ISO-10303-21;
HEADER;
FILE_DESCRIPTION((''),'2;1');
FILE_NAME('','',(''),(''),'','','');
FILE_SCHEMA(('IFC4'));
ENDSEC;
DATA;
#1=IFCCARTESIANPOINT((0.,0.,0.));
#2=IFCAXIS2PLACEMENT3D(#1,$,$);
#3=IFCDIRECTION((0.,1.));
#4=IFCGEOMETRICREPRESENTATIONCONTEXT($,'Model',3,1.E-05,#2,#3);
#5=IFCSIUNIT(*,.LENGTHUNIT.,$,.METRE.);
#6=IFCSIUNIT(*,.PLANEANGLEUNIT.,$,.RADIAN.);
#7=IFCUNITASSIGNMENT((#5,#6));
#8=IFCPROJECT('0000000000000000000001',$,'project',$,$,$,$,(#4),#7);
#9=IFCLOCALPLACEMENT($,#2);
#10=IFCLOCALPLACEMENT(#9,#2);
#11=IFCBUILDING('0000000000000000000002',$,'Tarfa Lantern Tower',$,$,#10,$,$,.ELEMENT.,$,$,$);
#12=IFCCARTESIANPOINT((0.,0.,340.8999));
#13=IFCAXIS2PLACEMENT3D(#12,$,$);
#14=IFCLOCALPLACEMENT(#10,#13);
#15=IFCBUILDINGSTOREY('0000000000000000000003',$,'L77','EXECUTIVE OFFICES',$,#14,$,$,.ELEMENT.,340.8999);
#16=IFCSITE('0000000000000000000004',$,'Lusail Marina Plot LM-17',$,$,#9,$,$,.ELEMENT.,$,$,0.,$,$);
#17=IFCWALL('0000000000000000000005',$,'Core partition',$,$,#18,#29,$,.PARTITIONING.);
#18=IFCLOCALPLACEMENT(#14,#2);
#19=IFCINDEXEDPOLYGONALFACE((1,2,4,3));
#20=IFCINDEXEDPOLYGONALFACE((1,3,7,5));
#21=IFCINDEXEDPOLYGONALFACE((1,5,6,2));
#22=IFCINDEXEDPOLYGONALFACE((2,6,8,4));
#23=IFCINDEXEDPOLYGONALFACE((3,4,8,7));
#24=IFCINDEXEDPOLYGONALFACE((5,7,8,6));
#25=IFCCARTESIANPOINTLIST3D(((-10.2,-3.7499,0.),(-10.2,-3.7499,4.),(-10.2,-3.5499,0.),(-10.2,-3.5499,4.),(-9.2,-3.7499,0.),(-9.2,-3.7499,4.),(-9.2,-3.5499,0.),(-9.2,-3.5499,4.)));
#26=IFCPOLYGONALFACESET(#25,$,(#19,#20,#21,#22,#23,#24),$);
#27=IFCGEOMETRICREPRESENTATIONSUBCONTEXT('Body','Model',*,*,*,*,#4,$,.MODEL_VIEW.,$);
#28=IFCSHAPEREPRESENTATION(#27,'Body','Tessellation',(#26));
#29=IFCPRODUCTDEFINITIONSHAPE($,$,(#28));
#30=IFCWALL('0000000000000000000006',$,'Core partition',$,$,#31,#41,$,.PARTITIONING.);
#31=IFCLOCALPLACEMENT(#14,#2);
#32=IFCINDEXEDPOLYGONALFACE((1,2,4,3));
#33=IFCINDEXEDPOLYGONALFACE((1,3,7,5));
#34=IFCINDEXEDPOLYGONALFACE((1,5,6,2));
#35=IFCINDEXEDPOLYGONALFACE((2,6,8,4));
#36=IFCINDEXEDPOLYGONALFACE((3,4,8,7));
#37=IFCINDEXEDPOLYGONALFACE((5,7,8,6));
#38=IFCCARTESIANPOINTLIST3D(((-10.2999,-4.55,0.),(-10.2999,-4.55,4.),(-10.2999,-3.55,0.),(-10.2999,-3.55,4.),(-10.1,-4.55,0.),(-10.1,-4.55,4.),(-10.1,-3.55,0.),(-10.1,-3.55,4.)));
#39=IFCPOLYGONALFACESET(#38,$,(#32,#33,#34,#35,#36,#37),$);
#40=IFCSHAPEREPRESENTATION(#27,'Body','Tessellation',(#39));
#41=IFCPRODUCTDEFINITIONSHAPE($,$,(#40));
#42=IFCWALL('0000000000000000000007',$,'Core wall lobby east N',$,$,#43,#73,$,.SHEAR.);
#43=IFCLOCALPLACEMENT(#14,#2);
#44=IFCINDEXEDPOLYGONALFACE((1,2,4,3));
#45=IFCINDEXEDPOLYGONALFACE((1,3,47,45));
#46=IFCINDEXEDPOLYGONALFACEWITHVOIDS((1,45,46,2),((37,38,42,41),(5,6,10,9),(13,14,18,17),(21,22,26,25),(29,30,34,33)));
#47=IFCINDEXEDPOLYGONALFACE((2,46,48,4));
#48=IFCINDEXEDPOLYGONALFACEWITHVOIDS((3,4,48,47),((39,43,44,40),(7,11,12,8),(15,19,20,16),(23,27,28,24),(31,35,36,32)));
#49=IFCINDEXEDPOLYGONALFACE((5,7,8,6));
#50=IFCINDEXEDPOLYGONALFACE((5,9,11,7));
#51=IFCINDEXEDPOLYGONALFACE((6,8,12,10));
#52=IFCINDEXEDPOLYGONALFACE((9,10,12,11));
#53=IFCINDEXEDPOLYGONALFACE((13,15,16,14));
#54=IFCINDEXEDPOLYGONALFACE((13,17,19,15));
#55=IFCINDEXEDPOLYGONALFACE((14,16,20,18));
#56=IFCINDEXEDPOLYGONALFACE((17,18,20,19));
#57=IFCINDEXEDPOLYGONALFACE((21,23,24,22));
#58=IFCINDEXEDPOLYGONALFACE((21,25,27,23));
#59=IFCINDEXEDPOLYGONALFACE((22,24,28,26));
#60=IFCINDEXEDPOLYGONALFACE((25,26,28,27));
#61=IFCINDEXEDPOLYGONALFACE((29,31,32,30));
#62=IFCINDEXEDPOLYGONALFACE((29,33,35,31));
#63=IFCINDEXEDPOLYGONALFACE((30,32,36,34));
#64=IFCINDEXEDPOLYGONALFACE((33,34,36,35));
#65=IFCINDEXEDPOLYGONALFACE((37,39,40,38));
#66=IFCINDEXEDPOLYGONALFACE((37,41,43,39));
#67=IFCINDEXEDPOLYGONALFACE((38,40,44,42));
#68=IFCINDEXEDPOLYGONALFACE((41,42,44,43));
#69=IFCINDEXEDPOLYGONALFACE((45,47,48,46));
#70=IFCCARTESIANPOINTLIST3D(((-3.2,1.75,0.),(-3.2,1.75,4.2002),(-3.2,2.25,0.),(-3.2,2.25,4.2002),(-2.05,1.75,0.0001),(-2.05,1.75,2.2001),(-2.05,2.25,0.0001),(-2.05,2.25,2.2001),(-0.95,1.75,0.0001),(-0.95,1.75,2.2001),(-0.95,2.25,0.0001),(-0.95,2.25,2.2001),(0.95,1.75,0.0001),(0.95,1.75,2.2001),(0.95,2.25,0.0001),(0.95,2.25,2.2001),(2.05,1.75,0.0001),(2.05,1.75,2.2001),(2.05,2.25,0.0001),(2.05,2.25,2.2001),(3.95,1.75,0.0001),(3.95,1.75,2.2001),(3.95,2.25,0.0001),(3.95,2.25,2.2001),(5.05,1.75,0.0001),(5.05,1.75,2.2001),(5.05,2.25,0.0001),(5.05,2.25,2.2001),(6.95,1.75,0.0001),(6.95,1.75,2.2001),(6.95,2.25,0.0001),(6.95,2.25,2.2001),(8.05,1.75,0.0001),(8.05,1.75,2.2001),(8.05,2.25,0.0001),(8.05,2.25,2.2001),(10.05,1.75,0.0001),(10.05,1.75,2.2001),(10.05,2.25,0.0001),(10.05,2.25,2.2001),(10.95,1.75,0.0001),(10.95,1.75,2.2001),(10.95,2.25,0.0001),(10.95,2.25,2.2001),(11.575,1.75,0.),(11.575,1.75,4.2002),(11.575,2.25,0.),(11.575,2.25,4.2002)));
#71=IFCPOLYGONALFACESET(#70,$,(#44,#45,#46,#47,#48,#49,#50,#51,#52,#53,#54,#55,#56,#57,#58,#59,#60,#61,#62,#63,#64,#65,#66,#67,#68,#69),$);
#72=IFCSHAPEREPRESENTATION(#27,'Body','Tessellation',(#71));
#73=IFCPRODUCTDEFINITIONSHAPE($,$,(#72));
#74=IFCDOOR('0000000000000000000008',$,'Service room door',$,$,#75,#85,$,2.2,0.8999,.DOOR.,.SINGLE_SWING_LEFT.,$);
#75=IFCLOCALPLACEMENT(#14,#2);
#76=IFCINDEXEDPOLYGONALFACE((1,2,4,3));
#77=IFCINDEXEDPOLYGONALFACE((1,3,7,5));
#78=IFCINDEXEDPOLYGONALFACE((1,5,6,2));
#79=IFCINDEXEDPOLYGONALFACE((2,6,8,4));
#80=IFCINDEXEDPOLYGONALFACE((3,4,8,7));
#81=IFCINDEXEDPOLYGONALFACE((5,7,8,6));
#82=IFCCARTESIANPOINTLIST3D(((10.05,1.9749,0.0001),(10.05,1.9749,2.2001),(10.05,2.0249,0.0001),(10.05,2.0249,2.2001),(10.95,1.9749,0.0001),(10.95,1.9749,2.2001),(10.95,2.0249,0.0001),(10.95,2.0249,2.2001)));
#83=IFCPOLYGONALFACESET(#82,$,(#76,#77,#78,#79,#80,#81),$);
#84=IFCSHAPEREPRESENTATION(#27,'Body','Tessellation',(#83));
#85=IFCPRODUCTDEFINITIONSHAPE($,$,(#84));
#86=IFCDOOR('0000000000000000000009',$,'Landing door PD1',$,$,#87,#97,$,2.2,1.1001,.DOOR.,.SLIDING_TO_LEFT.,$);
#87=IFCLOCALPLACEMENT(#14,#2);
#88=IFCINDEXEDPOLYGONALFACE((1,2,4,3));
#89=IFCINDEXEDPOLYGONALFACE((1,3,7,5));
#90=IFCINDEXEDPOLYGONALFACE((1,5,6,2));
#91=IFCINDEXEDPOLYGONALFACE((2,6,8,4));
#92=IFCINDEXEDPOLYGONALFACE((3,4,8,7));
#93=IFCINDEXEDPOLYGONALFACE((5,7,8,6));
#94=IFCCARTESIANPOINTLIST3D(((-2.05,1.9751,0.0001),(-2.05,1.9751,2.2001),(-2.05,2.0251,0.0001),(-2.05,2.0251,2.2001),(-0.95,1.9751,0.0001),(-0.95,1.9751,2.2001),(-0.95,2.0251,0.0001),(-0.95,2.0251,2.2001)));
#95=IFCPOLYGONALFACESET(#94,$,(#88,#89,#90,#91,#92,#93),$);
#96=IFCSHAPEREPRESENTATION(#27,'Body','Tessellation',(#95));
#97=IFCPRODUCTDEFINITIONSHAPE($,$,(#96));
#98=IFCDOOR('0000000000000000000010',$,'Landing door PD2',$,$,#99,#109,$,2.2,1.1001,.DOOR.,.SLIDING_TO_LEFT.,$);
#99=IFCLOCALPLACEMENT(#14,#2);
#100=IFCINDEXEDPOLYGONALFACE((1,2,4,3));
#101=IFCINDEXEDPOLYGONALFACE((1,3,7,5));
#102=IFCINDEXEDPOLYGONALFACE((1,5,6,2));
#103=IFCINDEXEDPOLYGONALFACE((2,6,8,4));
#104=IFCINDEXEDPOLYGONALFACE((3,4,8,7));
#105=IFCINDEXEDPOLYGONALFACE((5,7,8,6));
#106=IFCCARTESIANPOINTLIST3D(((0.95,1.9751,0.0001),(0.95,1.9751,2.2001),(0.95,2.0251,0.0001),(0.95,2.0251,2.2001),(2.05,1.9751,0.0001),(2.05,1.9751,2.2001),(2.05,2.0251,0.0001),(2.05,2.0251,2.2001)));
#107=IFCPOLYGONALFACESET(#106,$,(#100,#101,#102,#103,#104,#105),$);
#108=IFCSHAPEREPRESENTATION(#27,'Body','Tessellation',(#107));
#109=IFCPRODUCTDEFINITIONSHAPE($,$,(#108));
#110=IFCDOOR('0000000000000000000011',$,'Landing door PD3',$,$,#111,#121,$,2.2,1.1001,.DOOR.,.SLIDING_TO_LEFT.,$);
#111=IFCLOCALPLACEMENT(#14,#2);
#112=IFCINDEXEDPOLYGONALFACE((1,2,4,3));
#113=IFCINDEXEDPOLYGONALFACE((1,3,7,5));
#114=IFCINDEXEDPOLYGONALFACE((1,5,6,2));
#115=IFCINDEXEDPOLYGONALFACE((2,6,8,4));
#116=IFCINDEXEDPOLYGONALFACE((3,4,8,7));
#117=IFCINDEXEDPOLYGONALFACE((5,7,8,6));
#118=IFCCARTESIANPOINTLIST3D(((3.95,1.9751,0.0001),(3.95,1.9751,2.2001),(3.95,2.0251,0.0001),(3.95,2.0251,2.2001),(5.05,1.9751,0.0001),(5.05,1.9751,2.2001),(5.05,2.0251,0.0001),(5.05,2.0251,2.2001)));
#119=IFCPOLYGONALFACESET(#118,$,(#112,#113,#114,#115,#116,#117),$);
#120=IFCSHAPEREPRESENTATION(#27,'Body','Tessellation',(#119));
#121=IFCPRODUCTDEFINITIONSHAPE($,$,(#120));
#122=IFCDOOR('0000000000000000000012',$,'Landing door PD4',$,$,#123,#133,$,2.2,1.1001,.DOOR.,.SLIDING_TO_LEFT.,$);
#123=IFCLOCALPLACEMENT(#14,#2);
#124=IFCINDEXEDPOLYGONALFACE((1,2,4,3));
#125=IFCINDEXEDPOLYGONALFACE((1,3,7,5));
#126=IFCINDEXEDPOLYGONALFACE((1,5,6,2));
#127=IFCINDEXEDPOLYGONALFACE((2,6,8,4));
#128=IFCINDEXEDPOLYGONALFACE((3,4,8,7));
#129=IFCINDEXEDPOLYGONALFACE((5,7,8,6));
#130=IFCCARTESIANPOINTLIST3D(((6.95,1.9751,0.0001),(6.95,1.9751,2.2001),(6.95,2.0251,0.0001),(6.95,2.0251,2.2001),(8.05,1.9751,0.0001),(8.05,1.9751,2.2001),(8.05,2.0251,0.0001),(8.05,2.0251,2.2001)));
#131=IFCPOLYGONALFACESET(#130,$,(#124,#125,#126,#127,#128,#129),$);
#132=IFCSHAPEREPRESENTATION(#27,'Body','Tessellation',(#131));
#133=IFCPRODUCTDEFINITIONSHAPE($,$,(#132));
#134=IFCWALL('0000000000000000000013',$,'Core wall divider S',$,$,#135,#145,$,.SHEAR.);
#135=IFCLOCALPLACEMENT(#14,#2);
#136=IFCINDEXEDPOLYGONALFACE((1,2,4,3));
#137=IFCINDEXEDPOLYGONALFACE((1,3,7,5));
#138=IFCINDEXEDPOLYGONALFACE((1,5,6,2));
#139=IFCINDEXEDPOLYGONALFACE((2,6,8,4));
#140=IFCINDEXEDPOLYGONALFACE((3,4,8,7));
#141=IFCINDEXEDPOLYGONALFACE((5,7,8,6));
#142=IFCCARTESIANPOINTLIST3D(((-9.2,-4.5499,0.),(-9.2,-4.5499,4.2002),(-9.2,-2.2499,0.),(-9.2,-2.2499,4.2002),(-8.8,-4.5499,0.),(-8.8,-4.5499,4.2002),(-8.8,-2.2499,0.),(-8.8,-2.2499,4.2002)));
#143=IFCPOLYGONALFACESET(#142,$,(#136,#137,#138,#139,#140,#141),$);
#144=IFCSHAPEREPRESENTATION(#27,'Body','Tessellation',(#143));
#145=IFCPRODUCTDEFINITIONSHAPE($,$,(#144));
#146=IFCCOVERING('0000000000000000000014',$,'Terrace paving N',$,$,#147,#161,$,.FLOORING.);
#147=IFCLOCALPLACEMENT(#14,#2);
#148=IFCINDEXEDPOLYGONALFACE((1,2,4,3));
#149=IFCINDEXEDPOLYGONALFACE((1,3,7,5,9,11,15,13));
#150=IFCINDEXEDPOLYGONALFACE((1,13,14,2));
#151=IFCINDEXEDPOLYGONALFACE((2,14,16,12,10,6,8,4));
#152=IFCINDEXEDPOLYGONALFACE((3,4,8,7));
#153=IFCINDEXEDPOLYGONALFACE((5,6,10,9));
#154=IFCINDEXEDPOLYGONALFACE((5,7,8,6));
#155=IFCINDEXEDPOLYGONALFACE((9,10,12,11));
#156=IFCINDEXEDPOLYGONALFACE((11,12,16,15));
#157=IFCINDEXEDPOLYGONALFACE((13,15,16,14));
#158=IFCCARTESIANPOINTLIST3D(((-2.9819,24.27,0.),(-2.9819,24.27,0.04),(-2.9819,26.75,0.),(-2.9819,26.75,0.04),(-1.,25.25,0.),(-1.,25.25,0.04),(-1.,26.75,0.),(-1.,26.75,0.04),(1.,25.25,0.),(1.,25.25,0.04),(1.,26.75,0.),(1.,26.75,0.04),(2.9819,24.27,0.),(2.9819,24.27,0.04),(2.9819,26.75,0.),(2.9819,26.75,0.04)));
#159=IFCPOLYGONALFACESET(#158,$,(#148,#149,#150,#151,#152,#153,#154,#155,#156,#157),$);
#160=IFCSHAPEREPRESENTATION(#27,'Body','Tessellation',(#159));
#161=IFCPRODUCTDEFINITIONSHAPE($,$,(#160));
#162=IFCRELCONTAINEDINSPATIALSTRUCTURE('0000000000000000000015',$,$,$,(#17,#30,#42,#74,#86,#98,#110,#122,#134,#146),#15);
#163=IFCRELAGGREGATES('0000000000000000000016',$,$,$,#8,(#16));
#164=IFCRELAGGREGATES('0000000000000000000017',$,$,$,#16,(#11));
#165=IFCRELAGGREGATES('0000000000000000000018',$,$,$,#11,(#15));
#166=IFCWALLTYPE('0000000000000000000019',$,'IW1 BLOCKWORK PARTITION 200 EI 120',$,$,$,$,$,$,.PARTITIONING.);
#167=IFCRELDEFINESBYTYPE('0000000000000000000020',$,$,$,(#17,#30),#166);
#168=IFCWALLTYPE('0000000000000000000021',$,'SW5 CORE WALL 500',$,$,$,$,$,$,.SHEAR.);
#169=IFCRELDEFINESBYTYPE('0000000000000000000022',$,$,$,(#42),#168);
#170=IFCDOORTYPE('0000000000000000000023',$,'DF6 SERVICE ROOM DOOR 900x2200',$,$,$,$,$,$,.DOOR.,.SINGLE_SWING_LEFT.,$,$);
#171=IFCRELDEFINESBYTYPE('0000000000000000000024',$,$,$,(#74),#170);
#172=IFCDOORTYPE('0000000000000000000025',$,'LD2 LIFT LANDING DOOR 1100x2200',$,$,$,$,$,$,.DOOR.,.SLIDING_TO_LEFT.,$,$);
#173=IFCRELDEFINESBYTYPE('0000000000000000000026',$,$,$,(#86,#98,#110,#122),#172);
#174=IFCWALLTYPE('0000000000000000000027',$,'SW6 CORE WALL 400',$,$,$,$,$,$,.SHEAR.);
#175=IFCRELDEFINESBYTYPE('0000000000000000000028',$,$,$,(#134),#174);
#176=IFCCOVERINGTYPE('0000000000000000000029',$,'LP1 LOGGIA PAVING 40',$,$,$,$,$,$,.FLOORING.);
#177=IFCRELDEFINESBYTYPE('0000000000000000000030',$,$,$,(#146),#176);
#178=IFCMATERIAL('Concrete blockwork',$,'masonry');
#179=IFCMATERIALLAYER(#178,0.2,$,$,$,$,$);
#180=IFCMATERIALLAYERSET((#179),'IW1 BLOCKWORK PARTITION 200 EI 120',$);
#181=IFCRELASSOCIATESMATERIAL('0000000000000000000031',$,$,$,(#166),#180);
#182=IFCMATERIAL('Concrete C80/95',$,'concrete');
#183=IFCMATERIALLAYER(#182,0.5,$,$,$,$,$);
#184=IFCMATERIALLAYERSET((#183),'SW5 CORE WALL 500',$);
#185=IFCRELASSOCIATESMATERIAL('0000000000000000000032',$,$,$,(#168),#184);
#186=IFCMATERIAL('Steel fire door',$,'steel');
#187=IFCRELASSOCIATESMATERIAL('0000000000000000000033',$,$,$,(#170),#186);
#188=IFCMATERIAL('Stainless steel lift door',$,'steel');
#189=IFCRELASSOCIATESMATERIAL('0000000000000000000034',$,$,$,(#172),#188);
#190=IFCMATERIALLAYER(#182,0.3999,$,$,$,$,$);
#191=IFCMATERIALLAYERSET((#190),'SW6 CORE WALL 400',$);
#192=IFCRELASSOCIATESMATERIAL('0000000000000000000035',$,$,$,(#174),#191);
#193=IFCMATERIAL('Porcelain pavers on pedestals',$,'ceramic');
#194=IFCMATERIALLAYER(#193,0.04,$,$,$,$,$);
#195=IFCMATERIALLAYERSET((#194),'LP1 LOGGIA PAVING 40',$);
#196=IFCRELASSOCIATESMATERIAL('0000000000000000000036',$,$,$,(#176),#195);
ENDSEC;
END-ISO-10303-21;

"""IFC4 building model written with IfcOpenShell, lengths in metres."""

from ifc_helpers import new_model, si_unit, direction, frame, frame_2d, origin, place, context, subcontext, project, spatial, polyline, rectangle, outline, extrude, material, layer, layer_set, type_object, element, fill, save


model = new_model("IFC4")

# Units and contexts
model_context = context("Model", 3, precision=1e-05, world=origin(), true_north=direction((0.0, 1.0)))
body_context = subcontext(model_context, "Body", "Model", "MODEL_VIEW")
ifc_project = project(units=[si_unit("LENGTHUNIT", "METRE"), si_unit("PLANEANGLEUNIT", "RADIAN")], contexts=[model_context])

# Site, building, storey
site_placement = place(None, origin())
site = spatial("IfcSite", under=ifc_project, at=site_placement, Name="Lusail Marina Plot LM-17", CompositionType="ELEMENT", RefElevation=0.0)
building_placement = place(site_placement, origin())
building = spatial("IfcBuilding", under=site, at=building_placement, Name="Tarfa Lantern Tower", CompositionType="ELEMENT")
storey_placement = place(building_placement, frame((0.0, 0.0, 340.8999)))
storey = spatial("IfcBuildingStorey", under=building, at=storey_placement, Name="L77", Description="EXECUTIVE OFFICES", CompositionType="ELEMENT", Elevation=340.8999)

# Walls
ifc_material_1 = material(Name="Concrete blockwork", Category="masonry")
ifc_layer_1 = layer(ifc_material_1, 0.2)
ifc_layer_set_1 = layer_set([ifc_layer_1], Name="IW1 BLOCKWORK PARTITION 200 EI 120")
wall_type_1 = type_object("IfcWallType", Name="IW1 BLOCKWORK PARTITION 200 EI 120", PredefinedType="PARTITIONING", material=ifc_layer_set_1)
for number, where, z_axis, x_axis, name in (
    (1, (-9.2, -3.6499, 0.0), (0.0, 0.0, 1.0), (-1.0, 0.0, 0.0), "Core partition"),
    (2, (-10.2, -3.55, 0.0), (0.0, 0.0, 1.0), (0.0, -1.0, 0.0), "Core partition"),
):
    element("IfcWall", number, at=place(storey_placement, frame(where, z_axis=z_axis, x_axis=x_axis)), inside=storey, type_object=wall_type_1, Name=name, PredefinedType="PARTITIONING", context=body_context, shape_type="SweptSolid", body=[
        extrude(rectangle(XDim=1.0, YDim=0.2, at=frame_2d((0.5, 0.0))), origin(), (0.0, 0.0, 1.0), 4.0),
    ])

# Wall, openings, doors
ifc_material_2 = material(Name="Concrete C80/95", Category="concrete")
ifc_layer_2 = layer(ifc_material_2, 0.5)
ifc_layer_set_2 = layer_set([ifc_layer_2], Name="SW5 CORE WALL 500")
wall_type_2 = type_object("IfcWallType", Name="SW5 CORE WALL 500", PredefinedType="SHEAR", material=ifc_layer_set_2)
wall_1_placement = place(storey_placement, frame((-3.2, 2.0, 0.0), z_axis=(0.0, 0.0, 1.0), x_axis=(1.0, 0.0, 0.0)))
wall_1 = element("IfcWall", 3, at=wall_1_placement, inside=storey, type_object=wall_type_2, Name="Core wall lobby east N", PredefinedType="SHEAR", context=body_context, shape_type="SweptSolid", body=[
    extrude(rectangle(XDim=14.7749, YDim=0.5, at=frame_2d((7.3875, 0.0))), origin(), (0.0, 0.0, 1.0), 4.2002),
])
opening_1_placement = place(wall_1_placement, frame((13.25, 0.0, 0.0)))
opening_1 = element("IfcOpeningElement", 4, at=opening_1_placement, cuts=wall_1, PredefinedType="OPENING", context=body_context, shape_type="SweptSolid", body=[
    extrude(rectangle(XDim=0.8999, YDim=2.2, at=frame_2d((0.45, 1.1001))), frame((0.0, 0.26, 0.0), z_axis=(0.0, -1.0, 0.0), x_axis=(1.0, 0.0, 0.0)), (0.0, 0.0, 1.0), 0.52),
])
opening_2_placement = place(wall_1_placement, frame((1.1499, 0.0, 0.0)))
opening_2 = element("IfcOpeningElement", 5, at=opening_2_placement, cuts=wall_1, PredefinedType="OPENING", context=body_context, shape_type="SweptSolid", body=[
    extrude(rectangle(XDim=1.1001, YDim=2.2, at=frame_2d((0.55, 1.1001))), frame((0.0, 0.26, 0.0), z_axis=(0.0, -1.0, 0.0), x_axis=(1.0, 0.0, 0.0)), (0.0, 0.0, 1.0), 0.52),
])
opening_3_placement = place(wall_1_placement, frame((4.1499, 0.0, 0.0)))
opening_3 = element("IfcOpeningElement", 6, at=opening_3_placement, cuts=wall_1, PredefinedType="OPENING", context=body_context, shape_type="SweptSolid", body=[
    extrude(rectangle(XDim=1.1001, YDim=2.2, at=frame_2d((0.55, 1.1001))), frame((0.0, 0.26, 0.0), z_axis=(0.0, -1.0, 0.0), x_axis=(1.0, 0.0, 0.0)), (0.0, 0.0, 1.0), 0.52),
])
opening_4_placement = place(wall_1_placement, frame((7.1499, 0.0, 0.0)))
opening_4 = element("IfcOpeningElement", 7, at=opening_4_placement, cuts=wall_1, PredefinedType="OPENING", context=body_context, shape_type="SweptSolid", body=[
    extrude(rectangle(XDim=1.1001, YDim=2.2, at=frame_2d((0.55, 1.1001))), frame((0.0, 0.26, 0.0), z_axis=(0.0, -1.0, 0.0), x_axis=(1.0, 0.0, 0.0)), (0.0, 0.0, 1.0), 0.52),
])
opening_5_placement = place(wall_1_placement, frame((10.1499, 0.0, 0.0)))
opening_5 = element("IfcOpeningElement", 8, at=opening_5_placement, cuts=wall_1, PredefinedType="OPENING", context=body_context, shape_type="SweptSolid", body=[
    extrude(rectangle(XDim=1.1001, YDim=2.2, at=frame_2d((0.55, 1.1001))), frame((0.0, 0.26, 0.0), z_axis=(0.0, -1.0, 0.0), x_axis=(1.0, 0.0, 0.0)), (0.0, 0.0, 1.0), 0.52),
])
ifc_material_3 = material(Name="Steel fire door", Category="steel")
door_type_1 = type_object("IfcDoorType", Name="DF6 SERVICE ROOM DOOR 900x2200", OperationType="SINGLE_SWING_LEFT", PredefinedType="DOOR", material=ifc_material_3)
door_1_placement = place(opening_1_placement, origin())
door_1 = element("IfcDoor", 9, at=door_1_placement, inside=storey, type_object=door_type_1, Name="Service room door", OperationType="SINGLE_SWING_LEFT", OverallHeight=2.2, OverallWidth=0.8999, PredefinedType="DOOR", context=body_context, shape_type="SweptSolid", body=[
    extrude(rectangle(XDim=0.8999, YDim=2.2, at=frame_2d((0.45, 1.1001))), frame((0.0, 0.0249, 0.0), z_axis=(0.0, -1.0, 0.0), x_axis=(1.0, 0.0, 0.0)), (0.0, 0.0, 1.0), 0.05),
])
fill(opening_1, door_1)
ifc_material_4 = material(Name="Stainless steel lift door", Category="steel")
door_type_2 = type_object("IfcDoorType", Name="LD2 LIFT LANDING DOOR 1100x2200", OperationType="SLIDING_TO_LEFT", PredefinedType="DOOR", material=ifc_material_4)
door_2_placement = place(opening_2_placement, frame((1.1001, 0.0, 0.0), z_axis=(0.0, 0.0, 1.0), x_axis=(-1.0, 0.0, 0.0)))
door_2 = element("IfcDoor", 10, at=door_2_placement, inside=storey, type_object=door_type_2, Name="Landing door PD1", OperationType="SLIDING_TO_LEFT", OverallHeight=2.2, OverallWidth=1.1001, PredefinedType="DOOR", context=body_context, shape_type="SweptSolid", body=[
    extrude(rectangle(XDim=1.1001, YDim=2.2, at=frame_2d((0.55, 1.1001))), frame((0.0, 0.0249, 0.0), z_axis=(0.0, -1.0, 0.0), x_axis=(1.0, 0.0, 0.0)), (0.0, 0.0, 1.0), 0.05),
])
fill(opening_2, door_2)
door_3_placement = place(opening_3_placement, frame((1.1001, 0.0, 0.0), z_axis=(0.0, 0.0, 1.0), x_axis=(-1.0, 0.0, 0.0)))
door_3 = element("IfcDoor", 11, at=door_3_placement, inside=storey, type_object=door_type_2, Name="Landing door PD2", OperationType="SLIDING_TO_LEFT", OverallHeight=2.2, OverallWidth=1.1001, PredefinedType="DOOR", context=body_context, shape_type="SweptSolid", body=[
    extrude(rectangle(XDim=1.1001, YDim=2.2, at=frame_2d((0.55, 1.1001))), frame((0.0, 0.0249, 0.0), z_axis=(0.0, -1.0, 0.0), x_axis=(1.0, 0.0, 0.0)), (0.0, 0.0, 1.0), 0.05),
])
fill(opening_3, door_3)
door_4_placement = place(opening_4_placement, frame((1.1001, 0.0, 0.0), z_axis=(0.0, 0.0, 1.0), x_axis=(-1.0, 0.0, 0.0)))
door_4 = element("IfcDoor", 12, at=door_4_placement, inside=storey, type_object=door_type_2, Name="Landing door PD3", OperationType="SLIDING_TO_LEFT", OverallHeight=2.2, OverallWidth=1.1001, PredefinedType="DOOR", context=body_context, shape_type="SweptSolid", body=[
    extrude(rectangle(XDim=1.1001, YDim=2.2, at=frame_2d((0.55, 1.1001))), frame((0.0, 0.0249, 0.0), z_axis=(0.0, -1.0, 0.0), x_axis=(1.0, 0.0, 0.0)), (0.0, 0.0, 1.0), 0.05),
])
fill(opening_4, door_4)
door_5_placement = place(opening_5_placement, frame((1.1001, 0.0, 0.0), z_axis=(0.0, 0.0, 1.0), x_axis=(-1.0, 0.0, 0.0)))
door_5 = element("IfcDoor", 13, at=door_5_placement, inside=storey, type_object=door_type_2, Name="Landing door PD4", OperationType="SLIDING_TO_LEFT", OverallHeight=2.2, OverallWidth=1.1001, PredefinedType="DOOR", context=body_context, shape_type="SweptSolid", body=[
    extrude(rectangle(XDim=1.1001, YDim=2.2, at=frame_2d((0.55, 1.1001))), frame((0.0, 0.0249, 0.0), z_axis=(0.0, -1.0, 0.0), x_axis=(1.0, 0.0, 0.0)), (0.0, 0.0, 1.0), 0.05),
])
fill(opening_5, door_5)

# Wall
ifc_layer_3 = layer(ifc_material_2, 0.3999)
ifc_layer_set_3 = layer_set([ifc_layer_3], Name="SW6 CORE WALL 400")
wall_type_3 = type_object("IfcWallType", Name="SW6 CORE WALL 400", PredefinedType="SHEAR", material=ifc_layer_set_3)
wall_2_placement = place(storey_placement, frame((-9.0, -2.25, 0.0), z_axis=(0.0, 0.0, 1.0), x_axis=(0.0, -1.0, 0.0)))
element("IfcWall", 14, at=wall_2_placement, inside=storey, type_object=wall_type_3, Name="Core wall divider S", PredefinedType="SHEAR", context=body_context, shape_type="SweptSolid", body=[
    extrude(rectangle(XDim=2.3, YDim=0.3999, at=frame_2d((1.1499, 0.0))), origin(), (0.0, 0.0, 1.0), 4.2002),
])

# Covering
ifc_material_5 = material(Name="Porcelain pavers on pedestals", Category="ceramic")
ifc_layer_4 = layer(ifc_material_5, 0.04)
ifc_layer_set_4 = layer_set([ifc_layer_4], Name="LP1 LOGGIA PAVING 40")
covering_type = type_object("IfcCoveringType", Name="LP1 LOGGIA PAVING 40", PredefinedType="FLOORING", material=ifc_layer_set_4)
covering_1_placement = place(storey_placement, origin())
element("IfcCovering", 15, at=covering_1_placement, inside=storey, type_object=covering_type, Name="Terrace paving N", PredefinedType="FLOORING", context=body_context, shape_type="SweptSolid", body=[
    extrude(outline(polyline([(2.9819, 26.75), (2.9819, 24.27), (-2.9819, 24.27), (-2.9819, 26.75), (-1.0, 26.75), (-1.0, 25.25), (1.0, 25.25), (1.0, 26.75), (2.9819, 26.75)])), origin(), (0.0, 0.0, 1.0), 0.04),
])

save(model, "model.ifc")
